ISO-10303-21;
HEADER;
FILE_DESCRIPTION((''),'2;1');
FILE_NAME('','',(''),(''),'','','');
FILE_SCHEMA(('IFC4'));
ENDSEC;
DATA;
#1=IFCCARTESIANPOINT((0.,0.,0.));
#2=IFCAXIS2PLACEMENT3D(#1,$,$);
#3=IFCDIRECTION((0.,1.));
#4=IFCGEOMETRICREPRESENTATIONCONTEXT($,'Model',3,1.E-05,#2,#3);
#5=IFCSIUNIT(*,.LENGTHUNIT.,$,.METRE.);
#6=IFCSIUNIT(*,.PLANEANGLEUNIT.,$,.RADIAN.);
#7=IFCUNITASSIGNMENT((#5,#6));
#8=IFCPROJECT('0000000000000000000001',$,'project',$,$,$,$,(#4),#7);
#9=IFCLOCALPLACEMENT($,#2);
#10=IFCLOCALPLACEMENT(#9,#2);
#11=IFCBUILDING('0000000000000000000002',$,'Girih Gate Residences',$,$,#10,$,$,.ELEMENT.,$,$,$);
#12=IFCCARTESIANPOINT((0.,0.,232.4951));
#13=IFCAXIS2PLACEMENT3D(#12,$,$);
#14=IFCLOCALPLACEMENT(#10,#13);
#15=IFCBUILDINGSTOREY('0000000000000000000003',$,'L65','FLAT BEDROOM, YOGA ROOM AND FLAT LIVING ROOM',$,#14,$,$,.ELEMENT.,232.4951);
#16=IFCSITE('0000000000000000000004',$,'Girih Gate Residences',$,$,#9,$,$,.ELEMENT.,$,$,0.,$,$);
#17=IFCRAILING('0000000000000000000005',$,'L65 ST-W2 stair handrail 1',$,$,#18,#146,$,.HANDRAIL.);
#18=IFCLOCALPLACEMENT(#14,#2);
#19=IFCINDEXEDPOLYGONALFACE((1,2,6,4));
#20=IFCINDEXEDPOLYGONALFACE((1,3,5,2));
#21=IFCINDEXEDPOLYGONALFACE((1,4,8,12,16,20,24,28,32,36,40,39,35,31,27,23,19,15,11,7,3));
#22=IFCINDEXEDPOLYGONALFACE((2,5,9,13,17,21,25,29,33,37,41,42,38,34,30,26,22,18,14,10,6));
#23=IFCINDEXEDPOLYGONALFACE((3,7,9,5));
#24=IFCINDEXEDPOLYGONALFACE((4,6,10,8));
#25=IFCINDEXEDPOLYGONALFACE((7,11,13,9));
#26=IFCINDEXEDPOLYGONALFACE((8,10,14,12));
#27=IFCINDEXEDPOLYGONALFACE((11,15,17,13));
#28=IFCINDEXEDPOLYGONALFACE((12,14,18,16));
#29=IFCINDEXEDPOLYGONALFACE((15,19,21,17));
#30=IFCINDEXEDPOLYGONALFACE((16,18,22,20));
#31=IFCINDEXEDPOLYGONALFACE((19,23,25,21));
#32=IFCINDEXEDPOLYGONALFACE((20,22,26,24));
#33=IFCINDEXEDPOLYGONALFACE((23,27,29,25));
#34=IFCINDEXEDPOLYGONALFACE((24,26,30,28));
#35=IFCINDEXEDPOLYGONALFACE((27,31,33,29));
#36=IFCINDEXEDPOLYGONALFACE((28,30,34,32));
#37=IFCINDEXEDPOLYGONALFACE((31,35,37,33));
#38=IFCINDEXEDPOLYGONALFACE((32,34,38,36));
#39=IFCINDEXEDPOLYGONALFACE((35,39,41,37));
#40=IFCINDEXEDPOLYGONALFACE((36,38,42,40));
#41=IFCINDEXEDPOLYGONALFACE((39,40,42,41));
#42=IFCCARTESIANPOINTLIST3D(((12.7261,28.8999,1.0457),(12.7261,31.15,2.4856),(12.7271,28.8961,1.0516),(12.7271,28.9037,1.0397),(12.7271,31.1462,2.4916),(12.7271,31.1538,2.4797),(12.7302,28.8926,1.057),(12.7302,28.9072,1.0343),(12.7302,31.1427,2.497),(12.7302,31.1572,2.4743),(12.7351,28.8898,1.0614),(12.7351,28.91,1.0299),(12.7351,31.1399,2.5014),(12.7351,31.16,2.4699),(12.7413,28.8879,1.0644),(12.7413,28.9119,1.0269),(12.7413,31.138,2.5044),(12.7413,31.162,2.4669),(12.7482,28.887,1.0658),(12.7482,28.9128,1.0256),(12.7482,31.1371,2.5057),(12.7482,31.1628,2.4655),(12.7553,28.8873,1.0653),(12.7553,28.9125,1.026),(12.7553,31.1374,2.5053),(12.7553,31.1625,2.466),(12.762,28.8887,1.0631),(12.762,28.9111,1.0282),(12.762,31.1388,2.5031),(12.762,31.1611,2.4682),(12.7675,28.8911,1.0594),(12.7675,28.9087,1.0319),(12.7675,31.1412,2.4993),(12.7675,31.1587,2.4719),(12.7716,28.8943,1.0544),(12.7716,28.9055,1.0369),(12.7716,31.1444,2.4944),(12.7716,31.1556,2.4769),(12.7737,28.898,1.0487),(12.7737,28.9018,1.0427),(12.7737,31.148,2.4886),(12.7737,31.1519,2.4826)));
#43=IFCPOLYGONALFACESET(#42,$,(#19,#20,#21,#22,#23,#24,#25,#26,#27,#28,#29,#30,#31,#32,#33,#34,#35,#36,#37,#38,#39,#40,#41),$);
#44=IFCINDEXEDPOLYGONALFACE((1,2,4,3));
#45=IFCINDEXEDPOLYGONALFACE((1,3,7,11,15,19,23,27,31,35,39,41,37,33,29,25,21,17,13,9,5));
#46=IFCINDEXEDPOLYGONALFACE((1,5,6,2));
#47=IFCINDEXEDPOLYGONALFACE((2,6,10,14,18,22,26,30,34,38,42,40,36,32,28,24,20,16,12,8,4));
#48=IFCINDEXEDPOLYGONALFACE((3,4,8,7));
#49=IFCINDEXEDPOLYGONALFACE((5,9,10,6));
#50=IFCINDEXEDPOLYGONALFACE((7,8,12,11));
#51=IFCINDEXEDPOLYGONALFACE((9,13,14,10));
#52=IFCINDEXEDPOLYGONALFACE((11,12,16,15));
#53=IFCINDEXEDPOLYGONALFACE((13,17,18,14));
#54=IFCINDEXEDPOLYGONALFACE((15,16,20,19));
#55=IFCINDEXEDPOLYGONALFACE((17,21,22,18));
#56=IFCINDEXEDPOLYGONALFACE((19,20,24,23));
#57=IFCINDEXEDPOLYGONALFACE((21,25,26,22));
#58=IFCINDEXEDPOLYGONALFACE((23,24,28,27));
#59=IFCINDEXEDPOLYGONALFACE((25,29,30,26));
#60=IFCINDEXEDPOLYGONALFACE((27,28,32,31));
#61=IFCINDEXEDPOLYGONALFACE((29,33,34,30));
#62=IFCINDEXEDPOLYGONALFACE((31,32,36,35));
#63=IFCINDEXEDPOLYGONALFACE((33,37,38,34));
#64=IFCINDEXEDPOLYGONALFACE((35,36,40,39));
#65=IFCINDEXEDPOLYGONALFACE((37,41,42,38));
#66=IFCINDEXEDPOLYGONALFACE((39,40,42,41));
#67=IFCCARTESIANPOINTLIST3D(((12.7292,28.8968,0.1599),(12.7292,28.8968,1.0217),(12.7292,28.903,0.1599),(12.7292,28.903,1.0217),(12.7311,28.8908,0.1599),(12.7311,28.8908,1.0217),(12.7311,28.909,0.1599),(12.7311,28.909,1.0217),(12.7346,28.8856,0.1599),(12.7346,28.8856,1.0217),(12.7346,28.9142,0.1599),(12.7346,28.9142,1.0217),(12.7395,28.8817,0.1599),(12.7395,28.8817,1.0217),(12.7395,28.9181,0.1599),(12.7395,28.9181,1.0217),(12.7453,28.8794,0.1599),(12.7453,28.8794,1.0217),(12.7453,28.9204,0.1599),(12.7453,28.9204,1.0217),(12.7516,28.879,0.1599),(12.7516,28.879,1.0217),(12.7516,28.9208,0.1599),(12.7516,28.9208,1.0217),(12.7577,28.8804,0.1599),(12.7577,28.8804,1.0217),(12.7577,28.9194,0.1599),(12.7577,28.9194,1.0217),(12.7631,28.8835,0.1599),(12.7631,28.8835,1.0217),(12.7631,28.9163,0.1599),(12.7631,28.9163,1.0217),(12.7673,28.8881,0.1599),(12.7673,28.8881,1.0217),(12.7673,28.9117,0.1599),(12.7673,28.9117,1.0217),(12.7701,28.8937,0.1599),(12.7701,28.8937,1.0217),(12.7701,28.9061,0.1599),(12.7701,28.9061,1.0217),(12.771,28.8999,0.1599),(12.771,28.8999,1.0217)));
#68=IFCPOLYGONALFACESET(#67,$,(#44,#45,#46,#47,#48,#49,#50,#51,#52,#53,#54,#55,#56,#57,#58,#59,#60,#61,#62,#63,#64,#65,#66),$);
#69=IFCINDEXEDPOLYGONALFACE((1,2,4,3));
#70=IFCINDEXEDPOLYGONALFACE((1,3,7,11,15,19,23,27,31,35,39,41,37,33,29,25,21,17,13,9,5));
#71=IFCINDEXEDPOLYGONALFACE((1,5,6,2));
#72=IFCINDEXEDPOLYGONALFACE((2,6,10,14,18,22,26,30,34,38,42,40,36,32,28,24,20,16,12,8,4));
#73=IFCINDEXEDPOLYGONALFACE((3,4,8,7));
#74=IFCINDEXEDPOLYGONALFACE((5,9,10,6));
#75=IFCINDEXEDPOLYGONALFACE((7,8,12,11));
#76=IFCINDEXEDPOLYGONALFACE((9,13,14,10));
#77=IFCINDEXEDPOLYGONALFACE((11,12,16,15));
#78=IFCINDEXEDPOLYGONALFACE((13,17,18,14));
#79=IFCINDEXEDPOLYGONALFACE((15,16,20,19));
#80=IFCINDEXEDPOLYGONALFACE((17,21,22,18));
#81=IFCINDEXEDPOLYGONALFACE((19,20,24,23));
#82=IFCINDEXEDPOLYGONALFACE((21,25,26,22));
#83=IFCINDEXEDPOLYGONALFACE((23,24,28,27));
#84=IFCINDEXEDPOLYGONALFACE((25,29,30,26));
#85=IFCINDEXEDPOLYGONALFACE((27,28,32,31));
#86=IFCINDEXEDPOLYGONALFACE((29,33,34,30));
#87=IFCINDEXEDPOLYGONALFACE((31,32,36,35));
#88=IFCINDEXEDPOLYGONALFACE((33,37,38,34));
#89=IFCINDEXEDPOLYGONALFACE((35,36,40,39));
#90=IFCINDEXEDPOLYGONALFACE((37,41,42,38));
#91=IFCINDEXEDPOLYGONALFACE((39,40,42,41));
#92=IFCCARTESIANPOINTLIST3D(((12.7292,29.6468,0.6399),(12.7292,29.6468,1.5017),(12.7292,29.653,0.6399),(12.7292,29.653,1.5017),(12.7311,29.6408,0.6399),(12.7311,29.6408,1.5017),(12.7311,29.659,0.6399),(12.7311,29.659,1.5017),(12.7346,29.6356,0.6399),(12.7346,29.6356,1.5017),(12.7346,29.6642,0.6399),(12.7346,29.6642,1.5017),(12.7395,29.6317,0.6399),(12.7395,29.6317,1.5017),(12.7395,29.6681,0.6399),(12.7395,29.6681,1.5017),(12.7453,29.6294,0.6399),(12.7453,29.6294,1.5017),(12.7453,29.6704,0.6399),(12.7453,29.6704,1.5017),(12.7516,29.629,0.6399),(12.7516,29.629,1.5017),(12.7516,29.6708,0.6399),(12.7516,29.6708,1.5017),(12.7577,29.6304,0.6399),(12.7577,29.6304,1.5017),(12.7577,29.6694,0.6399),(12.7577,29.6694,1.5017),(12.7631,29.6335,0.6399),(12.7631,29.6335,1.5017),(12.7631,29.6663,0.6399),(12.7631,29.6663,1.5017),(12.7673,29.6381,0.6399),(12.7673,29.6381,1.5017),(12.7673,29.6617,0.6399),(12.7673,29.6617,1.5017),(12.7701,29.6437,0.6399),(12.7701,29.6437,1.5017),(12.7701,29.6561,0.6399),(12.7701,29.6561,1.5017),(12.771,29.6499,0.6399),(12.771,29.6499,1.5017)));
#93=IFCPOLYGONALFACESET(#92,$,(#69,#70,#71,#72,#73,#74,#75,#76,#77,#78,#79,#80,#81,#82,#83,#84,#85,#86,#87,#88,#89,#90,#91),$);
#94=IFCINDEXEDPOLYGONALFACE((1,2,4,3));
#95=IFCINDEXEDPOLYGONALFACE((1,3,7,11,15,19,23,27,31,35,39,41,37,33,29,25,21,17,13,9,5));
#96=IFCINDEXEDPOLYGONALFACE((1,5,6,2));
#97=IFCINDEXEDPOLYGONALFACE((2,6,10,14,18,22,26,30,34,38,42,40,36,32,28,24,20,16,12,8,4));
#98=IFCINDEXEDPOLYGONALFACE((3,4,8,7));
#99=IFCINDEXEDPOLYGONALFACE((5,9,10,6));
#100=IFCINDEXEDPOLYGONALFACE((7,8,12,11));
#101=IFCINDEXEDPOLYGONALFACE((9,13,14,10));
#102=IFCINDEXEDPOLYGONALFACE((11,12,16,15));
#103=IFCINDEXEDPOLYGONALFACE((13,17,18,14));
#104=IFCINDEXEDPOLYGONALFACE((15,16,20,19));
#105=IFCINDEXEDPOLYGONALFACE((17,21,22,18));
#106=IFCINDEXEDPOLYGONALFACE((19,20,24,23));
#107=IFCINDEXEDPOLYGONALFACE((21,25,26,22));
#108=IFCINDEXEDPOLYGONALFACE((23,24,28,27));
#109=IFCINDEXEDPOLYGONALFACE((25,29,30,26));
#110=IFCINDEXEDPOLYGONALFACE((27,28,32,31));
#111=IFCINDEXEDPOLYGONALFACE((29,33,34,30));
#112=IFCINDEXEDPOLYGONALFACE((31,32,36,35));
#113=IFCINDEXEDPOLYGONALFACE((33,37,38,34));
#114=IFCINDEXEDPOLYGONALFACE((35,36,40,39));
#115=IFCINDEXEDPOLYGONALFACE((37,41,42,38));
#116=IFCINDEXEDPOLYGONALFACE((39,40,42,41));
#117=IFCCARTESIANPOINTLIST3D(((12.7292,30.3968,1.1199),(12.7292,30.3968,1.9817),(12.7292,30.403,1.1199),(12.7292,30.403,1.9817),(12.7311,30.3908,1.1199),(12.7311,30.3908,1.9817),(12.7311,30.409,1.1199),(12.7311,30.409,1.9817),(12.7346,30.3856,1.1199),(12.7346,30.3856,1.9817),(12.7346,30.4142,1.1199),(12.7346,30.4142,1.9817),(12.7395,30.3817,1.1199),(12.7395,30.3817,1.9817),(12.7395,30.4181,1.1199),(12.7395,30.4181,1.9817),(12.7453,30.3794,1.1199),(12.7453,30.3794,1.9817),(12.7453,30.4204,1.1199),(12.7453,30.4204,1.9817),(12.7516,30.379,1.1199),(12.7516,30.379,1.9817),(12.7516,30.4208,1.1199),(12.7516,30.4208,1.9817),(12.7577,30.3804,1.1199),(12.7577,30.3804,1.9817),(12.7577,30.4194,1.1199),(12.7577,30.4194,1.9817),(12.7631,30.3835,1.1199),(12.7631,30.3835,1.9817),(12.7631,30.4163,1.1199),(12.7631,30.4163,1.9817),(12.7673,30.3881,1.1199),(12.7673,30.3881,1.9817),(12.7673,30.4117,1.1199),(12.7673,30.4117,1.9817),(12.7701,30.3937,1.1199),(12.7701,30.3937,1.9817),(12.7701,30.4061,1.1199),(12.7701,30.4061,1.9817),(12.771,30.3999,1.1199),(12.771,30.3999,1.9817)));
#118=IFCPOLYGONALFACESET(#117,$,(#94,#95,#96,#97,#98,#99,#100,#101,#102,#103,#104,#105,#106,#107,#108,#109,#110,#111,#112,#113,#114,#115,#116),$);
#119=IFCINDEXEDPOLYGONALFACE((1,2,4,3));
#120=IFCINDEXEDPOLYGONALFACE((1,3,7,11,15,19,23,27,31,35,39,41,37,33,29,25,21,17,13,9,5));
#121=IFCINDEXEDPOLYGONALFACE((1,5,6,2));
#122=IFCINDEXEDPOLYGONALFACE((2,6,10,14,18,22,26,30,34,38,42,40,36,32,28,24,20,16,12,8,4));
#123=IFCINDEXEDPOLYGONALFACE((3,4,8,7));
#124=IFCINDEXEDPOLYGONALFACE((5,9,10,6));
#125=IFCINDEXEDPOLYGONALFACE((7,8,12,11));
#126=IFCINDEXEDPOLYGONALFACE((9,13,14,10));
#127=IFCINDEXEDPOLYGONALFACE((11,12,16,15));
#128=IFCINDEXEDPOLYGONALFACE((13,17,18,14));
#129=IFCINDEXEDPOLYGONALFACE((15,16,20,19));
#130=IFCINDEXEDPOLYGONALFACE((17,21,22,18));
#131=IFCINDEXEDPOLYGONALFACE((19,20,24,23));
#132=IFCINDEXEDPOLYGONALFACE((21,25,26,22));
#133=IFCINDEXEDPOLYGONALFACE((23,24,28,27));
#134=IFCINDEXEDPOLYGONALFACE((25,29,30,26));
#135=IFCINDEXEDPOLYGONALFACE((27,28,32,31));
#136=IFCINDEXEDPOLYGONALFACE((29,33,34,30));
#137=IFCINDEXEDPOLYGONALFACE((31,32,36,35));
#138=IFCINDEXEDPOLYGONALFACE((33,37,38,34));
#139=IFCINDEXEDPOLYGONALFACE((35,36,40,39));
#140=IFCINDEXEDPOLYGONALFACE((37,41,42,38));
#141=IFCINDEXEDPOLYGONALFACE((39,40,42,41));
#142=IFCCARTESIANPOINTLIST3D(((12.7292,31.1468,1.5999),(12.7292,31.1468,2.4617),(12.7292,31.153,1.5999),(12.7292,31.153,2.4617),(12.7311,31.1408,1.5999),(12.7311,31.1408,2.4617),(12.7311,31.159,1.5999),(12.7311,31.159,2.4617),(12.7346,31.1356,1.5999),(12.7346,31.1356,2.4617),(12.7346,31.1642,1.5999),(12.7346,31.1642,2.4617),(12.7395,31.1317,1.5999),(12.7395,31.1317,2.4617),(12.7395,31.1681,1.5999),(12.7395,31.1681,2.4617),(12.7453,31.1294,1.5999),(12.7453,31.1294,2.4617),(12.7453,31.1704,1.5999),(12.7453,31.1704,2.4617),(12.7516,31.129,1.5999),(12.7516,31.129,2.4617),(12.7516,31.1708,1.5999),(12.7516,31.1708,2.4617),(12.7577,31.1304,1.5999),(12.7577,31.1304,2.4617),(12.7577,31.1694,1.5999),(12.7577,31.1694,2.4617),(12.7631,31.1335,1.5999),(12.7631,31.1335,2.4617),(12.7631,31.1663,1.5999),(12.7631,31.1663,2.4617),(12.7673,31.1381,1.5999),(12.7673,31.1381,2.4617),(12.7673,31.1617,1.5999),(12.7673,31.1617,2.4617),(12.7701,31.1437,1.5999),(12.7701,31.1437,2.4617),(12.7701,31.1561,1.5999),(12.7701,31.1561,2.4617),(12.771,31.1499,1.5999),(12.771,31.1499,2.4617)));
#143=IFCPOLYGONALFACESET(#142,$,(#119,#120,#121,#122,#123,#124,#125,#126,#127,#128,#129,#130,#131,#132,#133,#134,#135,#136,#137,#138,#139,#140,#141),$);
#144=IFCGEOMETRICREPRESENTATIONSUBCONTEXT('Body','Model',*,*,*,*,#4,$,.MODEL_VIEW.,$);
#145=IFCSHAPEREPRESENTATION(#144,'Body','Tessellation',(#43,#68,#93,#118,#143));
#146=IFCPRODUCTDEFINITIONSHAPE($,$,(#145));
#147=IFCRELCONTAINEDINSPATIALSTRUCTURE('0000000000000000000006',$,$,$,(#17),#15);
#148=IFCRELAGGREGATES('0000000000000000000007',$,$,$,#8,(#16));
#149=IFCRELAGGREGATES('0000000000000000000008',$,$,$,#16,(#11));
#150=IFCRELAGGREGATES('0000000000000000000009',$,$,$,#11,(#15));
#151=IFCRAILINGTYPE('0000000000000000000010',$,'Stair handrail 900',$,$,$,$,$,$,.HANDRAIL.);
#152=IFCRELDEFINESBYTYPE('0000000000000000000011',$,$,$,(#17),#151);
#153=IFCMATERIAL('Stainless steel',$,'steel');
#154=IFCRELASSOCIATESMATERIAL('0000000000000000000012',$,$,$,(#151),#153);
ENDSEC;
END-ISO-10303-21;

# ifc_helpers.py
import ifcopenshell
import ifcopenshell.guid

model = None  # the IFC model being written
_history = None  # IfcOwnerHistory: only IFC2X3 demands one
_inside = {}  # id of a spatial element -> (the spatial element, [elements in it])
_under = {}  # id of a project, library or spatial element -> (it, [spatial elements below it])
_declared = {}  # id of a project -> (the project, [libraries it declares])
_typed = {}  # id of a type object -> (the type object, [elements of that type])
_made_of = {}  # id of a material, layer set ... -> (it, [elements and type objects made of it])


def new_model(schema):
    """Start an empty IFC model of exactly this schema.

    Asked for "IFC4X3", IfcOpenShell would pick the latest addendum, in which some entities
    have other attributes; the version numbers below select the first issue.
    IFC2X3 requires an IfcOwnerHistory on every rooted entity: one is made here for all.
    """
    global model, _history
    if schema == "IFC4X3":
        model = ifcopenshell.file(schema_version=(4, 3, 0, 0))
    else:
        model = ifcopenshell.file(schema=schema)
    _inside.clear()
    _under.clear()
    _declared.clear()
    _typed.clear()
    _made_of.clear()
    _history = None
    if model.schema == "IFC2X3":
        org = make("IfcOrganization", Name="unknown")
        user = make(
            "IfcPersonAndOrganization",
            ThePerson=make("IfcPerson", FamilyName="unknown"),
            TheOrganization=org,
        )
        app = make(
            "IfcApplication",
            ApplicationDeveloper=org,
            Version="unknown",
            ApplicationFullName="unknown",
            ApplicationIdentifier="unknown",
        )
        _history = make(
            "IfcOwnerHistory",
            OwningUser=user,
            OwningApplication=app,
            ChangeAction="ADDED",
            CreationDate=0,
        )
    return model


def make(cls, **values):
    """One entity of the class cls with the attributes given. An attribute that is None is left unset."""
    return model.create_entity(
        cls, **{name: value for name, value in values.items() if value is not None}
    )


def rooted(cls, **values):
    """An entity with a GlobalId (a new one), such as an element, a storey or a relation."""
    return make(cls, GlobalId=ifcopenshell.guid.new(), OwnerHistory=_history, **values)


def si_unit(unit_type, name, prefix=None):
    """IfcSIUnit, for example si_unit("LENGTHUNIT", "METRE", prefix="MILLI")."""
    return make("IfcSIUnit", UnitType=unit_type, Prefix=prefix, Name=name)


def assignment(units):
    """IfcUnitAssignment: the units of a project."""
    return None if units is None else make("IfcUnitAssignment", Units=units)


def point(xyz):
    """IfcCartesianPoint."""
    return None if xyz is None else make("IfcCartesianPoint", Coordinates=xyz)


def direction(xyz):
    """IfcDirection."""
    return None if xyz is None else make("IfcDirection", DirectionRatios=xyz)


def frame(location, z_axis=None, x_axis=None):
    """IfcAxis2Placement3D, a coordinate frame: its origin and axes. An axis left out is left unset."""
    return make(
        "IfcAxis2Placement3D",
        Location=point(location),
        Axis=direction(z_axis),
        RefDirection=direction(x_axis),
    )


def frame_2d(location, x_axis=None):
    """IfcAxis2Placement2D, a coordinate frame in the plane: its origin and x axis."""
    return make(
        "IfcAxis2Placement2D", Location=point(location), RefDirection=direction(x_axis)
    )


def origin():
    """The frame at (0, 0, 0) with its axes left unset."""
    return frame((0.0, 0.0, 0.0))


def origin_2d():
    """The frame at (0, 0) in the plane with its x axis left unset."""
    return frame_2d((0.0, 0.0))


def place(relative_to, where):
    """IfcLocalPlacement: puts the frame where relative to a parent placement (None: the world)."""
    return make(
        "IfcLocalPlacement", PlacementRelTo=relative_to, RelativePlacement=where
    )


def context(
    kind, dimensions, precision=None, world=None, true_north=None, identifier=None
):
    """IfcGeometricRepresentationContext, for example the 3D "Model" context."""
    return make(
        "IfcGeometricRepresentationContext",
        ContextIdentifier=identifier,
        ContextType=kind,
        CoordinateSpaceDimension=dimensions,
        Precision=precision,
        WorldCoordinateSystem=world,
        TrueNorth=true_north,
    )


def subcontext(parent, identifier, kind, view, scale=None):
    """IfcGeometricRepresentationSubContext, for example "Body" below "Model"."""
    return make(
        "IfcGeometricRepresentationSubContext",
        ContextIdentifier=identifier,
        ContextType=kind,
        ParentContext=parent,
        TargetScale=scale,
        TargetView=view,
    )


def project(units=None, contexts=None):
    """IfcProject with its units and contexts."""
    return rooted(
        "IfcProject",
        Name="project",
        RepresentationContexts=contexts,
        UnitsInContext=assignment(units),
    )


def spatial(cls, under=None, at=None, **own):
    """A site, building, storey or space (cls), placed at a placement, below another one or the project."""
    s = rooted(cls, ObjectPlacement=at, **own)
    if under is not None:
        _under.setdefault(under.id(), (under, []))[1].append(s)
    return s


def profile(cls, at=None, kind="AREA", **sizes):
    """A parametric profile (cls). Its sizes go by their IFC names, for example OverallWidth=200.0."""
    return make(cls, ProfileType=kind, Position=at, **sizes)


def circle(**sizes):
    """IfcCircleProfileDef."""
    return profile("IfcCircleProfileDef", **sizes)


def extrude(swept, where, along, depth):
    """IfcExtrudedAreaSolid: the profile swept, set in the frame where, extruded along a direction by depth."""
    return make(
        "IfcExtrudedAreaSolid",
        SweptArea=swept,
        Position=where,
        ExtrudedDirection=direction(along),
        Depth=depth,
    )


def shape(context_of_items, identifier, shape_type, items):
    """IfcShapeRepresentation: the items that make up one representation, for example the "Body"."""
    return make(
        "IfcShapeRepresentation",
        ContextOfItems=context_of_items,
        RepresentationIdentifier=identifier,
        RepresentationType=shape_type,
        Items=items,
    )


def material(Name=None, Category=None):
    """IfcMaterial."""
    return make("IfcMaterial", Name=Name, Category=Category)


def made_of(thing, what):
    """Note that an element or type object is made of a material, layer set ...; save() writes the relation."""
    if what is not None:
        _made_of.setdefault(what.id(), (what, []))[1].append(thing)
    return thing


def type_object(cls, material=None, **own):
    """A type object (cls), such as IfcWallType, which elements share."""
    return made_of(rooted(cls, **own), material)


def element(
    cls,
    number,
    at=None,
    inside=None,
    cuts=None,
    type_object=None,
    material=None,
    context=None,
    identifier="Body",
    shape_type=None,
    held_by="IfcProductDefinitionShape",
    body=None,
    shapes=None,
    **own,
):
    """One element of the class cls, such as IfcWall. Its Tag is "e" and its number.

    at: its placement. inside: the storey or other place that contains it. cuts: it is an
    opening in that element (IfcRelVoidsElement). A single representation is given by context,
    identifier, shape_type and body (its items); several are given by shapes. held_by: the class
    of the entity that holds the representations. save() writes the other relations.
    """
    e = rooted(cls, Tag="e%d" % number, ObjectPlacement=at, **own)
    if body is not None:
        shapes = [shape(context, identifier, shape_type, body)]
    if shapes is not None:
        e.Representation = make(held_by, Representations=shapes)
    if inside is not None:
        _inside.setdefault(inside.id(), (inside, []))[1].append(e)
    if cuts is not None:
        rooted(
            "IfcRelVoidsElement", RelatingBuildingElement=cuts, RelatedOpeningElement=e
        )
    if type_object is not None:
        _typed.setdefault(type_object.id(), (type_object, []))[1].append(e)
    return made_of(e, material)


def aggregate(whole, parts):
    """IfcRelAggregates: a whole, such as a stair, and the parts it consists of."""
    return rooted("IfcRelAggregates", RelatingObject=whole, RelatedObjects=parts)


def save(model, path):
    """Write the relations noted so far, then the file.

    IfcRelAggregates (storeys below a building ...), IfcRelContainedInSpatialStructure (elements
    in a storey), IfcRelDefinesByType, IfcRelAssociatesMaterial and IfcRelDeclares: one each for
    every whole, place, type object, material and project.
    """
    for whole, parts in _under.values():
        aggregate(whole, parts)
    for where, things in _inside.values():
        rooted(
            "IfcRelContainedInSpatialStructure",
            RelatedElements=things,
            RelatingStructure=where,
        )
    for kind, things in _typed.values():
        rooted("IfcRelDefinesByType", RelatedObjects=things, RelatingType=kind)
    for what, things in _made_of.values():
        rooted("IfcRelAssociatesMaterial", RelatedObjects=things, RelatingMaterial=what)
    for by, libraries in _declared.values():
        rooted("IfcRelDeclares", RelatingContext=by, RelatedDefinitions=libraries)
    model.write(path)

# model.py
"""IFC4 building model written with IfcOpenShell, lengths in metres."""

from ifc_helpers import new_model, si_unit, direction, frame, origin, origin_2d, place, context, subcontext, project, spatial, circle, extrude, material, type_object, element, save


model = new_model("IFC4")

# Units and contexts
model_context = context("Model", 3, precision=1e-05, world=origin(), true_north=direction((0.0, 1.0)))
body_context = subcontext(model_context, "Body", "Model", "MODEL_VIEW")
ifc_project = project(units=[si_unit("LENGTHUNIT", "METRE"), si_unit("PLANEANGLEUNIT", "RADIAN")], contexts=[model_context])

# Site, building, storey
site_placement = place(None, origin())
site = spatial("IfcSite", under=ifc_project, at=site_placement, Name="Girih Gate Residences", CompositionType="ELEMENT", RefElevation=0.0)
building_placement = place(site_placement, origin())
building = spatial("IfcBuilding", under=site, at=building_placement, Name="Girih Gate Residences", CompositionType="ELEMENT")
storey_placement = place(building_placement, frame((0.0, 0.0, 232.4951)))
storey = spatial("IfcBuildingStorey", under=building, at=storey_placement, Name="L65", Description="FLAT BEDROOM, YOGA ROOM AND FLAT LIVING ROOM", CompositionType="ELEMENT", Elevation=232.4951)

# Shared definitions
ifc_material_1 = material(Name="Stainless steel", Category="steel")

# Railing
railing_type_1 = type_object("IfcRailingType", Name="Stair handrail 900", PredefinedType="HANDRAIL", material=ifc_material_1)
railing_1_placement = place(storey_placement, frame((12.75, 28.8999, 0.1599)))
element("IfcRailing", 1, at=railing_1_placement, inside=storey, type_object=railing_type_1, Name="L65 ST-W2 stair handrail 1", PredefinedType="HANDRAIL", context=body_context, shape_type="SweptSolid", body=[
    extrude(circle(Radius=0.0239, at=origin_2d()), frame((0.0, 0.0, 0.8857), z_axis=(0.0, 0.842281, 0.539038), x_axis=(-1.0, 0.0, 0.0)), (0.0, 0.0, 1.0), 2.6714),
    extrude(circle(Radius=0.021, at=origin_2d()), origin(), (0.0, 0.0, 1.0), 0.8618),
    extrude(circle(Radius=0.021, at=origin_2d()), frame((0.0, 0.75, 0.48)), (0.0, 0.0, 1.0), 0.8618),
    extrude(circle(Radius=0.021, at=origin_2d()), frame((0.0, 1.5, 0.96)), (0.0, 0.0, 1.0), 0.8618),
    extrude(circle(Radius=0.021, at=origin_2d()), frame((0.0, 2.25, 1.4399)), (0.0, 0.0, 1.0), 0.8618),
])

save(model, "model.ifc")
